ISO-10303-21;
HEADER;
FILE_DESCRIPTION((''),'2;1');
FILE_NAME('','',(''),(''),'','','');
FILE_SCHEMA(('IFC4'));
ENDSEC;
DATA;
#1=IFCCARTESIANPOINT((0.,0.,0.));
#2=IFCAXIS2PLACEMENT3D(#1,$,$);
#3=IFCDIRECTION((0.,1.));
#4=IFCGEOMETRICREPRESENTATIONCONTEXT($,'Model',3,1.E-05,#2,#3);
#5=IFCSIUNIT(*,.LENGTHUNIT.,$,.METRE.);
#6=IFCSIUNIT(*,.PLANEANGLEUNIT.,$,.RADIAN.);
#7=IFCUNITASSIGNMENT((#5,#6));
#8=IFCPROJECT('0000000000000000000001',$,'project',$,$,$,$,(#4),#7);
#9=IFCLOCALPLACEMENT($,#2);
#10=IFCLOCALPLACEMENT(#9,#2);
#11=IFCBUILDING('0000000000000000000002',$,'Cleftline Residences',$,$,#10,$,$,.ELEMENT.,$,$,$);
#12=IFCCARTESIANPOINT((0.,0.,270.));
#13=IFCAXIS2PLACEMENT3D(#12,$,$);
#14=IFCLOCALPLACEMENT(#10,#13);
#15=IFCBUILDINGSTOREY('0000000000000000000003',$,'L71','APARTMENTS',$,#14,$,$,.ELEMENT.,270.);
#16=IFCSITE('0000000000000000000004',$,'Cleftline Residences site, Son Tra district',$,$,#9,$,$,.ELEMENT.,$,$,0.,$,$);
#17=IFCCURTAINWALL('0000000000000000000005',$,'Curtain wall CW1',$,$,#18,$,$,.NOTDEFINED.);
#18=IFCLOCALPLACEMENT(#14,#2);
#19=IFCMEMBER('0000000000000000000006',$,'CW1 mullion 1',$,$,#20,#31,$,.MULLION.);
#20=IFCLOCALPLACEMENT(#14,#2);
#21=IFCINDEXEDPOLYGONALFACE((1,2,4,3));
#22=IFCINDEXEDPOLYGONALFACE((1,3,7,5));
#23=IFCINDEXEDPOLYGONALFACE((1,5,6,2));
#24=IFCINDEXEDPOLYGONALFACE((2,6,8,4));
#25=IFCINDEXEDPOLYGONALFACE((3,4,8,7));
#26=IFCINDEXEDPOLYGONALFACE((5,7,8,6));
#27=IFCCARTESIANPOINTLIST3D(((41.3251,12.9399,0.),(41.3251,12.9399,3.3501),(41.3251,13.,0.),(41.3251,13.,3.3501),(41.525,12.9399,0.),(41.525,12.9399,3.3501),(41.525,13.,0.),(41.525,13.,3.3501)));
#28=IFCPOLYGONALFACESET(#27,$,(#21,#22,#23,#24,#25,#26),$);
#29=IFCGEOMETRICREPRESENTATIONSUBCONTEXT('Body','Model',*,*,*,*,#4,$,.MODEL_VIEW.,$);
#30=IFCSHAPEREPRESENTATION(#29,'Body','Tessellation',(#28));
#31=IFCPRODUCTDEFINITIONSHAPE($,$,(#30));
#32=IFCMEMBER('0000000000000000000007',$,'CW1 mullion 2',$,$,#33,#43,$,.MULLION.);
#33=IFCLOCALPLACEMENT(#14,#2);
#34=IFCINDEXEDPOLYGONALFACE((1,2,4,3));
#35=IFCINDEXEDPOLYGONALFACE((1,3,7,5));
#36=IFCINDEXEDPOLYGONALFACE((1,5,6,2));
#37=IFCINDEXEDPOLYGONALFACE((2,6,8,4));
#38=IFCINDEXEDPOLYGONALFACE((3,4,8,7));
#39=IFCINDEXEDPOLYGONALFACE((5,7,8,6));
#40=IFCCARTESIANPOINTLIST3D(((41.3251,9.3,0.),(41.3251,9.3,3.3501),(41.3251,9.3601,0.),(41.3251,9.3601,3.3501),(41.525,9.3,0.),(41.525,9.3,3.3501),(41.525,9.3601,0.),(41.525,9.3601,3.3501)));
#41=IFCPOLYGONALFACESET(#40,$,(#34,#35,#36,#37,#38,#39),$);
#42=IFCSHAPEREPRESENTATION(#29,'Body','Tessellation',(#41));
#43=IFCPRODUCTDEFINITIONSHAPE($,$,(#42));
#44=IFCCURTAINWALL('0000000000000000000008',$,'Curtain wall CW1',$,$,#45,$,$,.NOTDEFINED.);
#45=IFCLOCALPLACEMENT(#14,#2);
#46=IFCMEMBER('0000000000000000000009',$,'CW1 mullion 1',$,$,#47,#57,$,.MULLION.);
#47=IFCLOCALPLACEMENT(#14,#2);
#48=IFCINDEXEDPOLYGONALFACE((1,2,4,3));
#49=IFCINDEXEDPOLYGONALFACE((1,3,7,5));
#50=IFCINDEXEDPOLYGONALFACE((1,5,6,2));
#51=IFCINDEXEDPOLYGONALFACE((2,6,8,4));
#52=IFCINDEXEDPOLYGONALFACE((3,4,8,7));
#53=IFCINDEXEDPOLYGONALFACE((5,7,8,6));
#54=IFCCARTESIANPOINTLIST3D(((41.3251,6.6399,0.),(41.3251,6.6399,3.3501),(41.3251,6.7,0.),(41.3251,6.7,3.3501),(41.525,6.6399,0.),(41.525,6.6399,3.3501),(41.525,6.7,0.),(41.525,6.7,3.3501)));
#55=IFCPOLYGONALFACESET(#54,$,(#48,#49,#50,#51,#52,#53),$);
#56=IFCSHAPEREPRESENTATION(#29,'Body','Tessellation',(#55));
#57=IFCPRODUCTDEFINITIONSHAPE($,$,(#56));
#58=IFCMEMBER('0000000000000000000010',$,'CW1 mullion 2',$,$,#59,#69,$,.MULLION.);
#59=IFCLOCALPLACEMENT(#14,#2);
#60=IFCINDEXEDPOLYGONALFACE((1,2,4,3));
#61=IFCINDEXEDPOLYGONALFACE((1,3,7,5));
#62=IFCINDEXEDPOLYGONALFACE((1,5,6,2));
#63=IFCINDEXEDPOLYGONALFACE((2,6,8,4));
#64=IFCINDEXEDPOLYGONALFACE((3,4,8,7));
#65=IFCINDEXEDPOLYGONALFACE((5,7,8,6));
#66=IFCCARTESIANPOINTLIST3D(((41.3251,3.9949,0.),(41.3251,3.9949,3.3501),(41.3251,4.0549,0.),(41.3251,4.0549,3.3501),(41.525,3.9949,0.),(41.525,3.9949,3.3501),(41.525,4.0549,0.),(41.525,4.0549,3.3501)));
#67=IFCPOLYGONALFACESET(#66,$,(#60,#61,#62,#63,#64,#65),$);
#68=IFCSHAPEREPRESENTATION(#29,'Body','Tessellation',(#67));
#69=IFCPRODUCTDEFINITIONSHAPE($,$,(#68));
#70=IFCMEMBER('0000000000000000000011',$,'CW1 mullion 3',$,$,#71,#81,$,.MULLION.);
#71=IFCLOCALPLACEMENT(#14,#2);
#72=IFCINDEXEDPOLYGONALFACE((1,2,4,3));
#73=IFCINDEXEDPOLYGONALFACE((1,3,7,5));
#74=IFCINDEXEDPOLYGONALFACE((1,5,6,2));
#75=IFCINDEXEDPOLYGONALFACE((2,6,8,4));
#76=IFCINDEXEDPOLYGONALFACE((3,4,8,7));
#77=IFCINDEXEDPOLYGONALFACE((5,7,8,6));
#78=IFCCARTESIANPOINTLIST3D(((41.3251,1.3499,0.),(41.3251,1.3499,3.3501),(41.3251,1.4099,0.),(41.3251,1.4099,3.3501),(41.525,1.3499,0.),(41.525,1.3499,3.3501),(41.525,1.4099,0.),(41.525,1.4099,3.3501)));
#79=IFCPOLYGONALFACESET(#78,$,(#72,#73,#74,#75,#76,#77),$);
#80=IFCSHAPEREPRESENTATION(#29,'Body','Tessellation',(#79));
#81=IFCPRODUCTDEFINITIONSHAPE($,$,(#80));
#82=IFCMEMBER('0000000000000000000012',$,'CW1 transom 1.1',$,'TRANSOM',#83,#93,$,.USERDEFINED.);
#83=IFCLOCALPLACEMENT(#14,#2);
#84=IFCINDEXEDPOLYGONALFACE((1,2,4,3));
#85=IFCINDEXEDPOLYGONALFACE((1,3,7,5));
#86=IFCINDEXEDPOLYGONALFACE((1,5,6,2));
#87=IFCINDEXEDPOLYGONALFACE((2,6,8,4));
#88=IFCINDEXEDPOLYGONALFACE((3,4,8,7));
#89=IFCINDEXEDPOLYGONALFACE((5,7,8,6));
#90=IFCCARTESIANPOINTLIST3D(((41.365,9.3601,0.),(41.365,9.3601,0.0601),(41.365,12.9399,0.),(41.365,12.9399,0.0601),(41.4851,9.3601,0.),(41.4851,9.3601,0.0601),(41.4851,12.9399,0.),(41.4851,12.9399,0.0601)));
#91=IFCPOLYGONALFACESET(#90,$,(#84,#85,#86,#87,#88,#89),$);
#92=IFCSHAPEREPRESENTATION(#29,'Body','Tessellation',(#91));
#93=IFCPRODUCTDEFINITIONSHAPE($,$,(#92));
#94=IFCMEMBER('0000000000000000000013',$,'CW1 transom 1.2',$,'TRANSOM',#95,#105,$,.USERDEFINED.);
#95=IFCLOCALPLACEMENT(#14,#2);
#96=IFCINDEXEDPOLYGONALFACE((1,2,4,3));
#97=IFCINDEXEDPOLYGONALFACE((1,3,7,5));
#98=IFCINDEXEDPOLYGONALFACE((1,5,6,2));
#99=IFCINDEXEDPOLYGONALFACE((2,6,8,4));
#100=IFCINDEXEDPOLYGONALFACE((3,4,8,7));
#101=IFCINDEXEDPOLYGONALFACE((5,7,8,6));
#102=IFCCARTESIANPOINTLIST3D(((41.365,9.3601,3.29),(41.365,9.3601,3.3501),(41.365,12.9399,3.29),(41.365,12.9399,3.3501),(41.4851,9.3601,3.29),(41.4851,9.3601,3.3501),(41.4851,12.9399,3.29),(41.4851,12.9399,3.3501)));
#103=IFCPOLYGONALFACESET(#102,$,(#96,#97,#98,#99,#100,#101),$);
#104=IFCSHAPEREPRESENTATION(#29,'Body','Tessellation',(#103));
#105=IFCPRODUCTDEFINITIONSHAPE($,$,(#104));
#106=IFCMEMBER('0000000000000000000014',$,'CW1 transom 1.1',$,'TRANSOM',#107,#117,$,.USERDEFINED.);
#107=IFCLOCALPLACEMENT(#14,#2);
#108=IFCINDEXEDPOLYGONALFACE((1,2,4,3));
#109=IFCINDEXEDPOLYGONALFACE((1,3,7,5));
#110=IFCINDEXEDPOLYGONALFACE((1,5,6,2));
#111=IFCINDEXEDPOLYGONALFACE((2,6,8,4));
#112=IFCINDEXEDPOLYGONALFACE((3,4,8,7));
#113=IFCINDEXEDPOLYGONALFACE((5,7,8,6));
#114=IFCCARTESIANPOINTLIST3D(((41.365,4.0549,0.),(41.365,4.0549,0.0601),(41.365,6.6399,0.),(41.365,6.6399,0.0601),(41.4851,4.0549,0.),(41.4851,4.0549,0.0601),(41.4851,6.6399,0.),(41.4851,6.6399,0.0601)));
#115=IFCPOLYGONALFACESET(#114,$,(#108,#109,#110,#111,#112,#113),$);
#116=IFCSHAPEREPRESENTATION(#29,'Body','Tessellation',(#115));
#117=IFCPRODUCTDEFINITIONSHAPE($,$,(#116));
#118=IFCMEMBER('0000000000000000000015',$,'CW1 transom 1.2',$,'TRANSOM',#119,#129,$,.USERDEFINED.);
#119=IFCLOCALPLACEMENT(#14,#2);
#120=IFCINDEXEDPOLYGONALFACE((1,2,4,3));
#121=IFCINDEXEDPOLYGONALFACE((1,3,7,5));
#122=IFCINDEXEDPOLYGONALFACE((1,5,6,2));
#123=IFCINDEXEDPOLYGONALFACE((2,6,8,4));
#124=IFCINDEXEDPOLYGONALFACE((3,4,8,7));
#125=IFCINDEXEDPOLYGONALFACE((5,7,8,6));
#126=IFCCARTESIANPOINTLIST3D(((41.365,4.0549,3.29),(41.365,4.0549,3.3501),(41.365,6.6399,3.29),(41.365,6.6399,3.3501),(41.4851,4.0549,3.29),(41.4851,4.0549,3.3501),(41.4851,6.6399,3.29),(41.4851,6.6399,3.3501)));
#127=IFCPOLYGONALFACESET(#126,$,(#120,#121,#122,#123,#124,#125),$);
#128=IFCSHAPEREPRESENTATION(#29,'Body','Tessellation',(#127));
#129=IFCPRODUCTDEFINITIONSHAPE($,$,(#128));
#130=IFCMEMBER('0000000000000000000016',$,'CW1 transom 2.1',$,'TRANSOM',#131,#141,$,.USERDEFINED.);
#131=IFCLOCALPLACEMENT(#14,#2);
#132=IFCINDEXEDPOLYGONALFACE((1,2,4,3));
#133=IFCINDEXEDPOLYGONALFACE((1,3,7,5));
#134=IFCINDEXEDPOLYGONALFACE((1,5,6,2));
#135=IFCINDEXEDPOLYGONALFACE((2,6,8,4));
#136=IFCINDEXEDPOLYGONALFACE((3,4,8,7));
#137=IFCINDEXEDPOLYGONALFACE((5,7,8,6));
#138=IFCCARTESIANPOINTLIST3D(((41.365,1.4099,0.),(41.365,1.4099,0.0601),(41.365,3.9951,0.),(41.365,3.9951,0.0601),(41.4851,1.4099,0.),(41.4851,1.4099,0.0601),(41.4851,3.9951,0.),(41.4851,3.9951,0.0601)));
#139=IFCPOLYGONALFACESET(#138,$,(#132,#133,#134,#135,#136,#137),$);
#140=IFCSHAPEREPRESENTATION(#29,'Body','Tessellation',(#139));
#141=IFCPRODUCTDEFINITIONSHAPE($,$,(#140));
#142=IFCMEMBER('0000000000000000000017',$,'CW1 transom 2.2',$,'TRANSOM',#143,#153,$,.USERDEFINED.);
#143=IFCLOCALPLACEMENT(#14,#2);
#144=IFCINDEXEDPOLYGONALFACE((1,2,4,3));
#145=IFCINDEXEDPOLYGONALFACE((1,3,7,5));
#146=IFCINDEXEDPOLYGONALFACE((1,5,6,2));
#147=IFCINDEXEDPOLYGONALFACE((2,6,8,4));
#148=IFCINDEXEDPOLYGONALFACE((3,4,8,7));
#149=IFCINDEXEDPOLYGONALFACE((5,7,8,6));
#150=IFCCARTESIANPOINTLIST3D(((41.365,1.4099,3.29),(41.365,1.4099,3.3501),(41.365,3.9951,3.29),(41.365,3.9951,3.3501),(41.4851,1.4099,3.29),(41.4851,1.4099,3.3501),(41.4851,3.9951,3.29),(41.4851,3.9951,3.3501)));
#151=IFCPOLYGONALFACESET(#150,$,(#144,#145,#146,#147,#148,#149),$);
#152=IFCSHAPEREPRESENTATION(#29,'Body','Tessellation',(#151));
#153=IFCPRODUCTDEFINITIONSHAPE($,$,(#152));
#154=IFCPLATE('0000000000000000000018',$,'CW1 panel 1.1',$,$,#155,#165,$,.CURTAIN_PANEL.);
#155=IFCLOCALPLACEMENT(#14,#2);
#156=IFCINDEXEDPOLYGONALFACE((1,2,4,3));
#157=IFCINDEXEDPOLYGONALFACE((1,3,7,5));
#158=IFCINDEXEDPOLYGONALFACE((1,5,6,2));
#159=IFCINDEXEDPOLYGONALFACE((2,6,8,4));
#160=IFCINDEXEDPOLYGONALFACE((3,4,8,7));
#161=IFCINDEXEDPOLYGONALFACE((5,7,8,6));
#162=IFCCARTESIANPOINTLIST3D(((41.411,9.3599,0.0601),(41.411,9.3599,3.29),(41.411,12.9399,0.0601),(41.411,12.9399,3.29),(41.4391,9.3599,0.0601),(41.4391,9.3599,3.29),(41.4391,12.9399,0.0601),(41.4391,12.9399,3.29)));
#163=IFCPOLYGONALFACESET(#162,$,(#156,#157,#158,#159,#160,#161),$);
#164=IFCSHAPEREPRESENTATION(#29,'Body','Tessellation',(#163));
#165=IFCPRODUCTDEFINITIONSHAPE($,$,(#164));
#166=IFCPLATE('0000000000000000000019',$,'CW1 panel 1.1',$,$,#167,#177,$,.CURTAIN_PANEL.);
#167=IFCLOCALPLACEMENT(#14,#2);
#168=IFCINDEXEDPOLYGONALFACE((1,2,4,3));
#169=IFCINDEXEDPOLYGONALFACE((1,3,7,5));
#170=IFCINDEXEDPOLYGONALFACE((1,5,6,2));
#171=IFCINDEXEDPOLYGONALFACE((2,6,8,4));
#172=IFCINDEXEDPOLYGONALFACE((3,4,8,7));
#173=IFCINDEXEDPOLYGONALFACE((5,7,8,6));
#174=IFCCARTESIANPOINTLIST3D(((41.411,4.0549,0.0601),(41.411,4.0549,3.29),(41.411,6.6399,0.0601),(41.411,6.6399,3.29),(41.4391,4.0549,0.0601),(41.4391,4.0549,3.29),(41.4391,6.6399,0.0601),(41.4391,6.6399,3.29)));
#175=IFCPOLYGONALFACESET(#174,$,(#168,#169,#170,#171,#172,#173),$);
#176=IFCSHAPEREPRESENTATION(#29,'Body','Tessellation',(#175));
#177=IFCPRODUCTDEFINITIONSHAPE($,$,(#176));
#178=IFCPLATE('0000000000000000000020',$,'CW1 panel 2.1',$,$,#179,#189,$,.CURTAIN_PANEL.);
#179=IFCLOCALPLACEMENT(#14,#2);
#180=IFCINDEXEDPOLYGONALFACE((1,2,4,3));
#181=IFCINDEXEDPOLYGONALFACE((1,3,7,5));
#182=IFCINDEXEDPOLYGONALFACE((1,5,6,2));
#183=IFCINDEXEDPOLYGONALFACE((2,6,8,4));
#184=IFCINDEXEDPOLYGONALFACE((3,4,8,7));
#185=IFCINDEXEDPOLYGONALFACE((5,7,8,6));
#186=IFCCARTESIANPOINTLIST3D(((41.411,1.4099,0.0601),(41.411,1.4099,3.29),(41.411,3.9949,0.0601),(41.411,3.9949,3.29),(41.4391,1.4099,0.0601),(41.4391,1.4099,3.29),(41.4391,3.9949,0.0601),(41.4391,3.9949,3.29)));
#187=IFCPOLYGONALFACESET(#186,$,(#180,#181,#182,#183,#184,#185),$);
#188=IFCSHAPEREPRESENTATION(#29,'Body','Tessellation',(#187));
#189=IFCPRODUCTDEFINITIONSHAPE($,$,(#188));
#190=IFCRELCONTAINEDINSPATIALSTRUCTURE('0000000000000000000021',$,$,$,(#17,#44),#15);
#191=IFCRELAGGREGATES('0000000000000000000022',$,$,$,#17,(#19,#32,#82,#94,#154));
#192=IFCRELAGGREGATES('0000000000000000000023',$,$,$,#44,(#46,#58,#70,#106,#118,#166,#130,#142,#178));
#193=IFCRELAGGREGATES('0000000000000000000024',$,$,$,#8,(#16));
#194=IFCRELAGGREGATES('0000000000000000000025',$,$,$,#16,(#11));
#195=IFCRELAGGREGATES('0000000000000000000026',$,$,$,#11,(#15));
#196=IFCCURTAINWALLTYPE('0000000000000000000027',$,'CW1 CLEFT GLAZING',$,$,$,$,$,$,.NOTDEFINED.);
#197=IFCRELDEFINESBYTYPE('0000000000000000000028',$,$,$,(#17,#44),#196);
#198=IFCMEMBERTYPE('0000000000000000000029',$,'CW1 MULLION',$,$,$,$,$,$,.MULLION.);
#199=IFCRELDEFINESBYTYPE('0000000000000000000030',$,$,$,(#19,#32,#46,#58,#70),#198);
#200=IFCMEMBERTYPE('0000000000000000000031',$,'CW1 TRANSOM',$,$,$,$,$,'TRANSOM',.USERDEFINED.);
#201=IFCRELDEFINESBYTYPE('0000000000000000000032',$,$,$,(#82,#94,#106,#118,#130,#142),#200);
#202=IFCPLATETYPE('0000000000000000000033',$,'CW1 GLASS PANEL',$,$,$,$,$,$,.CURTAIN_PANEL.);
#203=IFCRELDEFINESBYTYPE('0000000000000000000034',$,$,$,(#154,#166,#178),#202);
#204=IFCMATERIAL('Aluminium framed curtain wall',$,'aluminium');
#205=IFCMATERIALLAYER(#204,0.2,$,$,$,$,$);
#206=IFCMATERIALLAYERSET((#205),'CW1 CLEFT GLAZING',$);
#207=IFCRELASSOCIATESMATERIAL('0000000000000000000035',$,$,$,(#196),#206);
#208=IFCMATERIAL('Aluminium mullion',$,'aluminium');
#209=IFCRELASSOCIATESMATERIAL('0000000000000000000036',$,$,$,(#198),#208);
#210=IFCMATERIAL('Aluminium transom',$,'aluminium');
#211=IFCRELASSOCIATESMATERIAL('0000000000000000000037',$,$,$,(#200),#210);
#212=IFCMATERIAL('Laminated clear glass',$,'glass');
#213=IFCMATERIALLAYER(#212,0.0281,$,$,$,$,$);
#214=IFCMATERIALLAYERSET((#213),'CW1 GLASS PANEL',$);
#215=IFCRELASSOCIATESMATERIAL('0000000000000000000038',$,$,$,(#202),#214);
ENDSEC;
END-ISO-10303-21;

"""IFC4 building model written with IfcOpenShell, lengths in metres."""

from ifc_helpers import new_model, si_unit, direction, frame, origin, origin_2d, place, context, subcontext, project, spatial, rectangle, extrude, material, layer, layer_set, material_profile, profile_set, type_object, element, aggregate, save


model = new_model("IFC4")

# Units and contexts
model_context = context("Model", 3, precision=1e-05, world=origin(), true_north=direction((0.0, 1.0)))
body_context = subcontext(model_context, "Body", "Model", "MODEL_VIEW")
ifc_project = project(units=[si_unit("LENGTHUNIT", "METRE"), si_unit("PLANEANGLEUNIT", "RADIAN")], contexts=[model_context])

# Site, building, storey
site_placement = place(None, origin())
site = spatial("IfcSite", under=ifc_project, at=site_placement, Name="Cleftline Residences site, Son Tra district", CompositionType="ELEMENT", RefElevation=0.0)
building_placement = place(site_placement, origin())
building = spatial("IfcBuilding", under=site, at=building_placement, Name="Cleftline Residences", CompositionType="ELEMENT")
storey_placement = place(building_placement, frame((0.0, 0.0, 270.0)))
storey = spatial("IfcBuildingStorey", under=building, at=storey_placement, Name="L71", Description="APARTMENTS", CompositionType="ELEMENT", Elevation=270.0)

# Curtain walls, members
ifc_material_1 = material(Name="Aluminium framed curtain wall", Category="aluminium")
ifc_layer_1 = layer(ifc_material_1, 0.2)
ifc_layer_set_1 = layer_set([ifc_layer_1], Name="CW1 CLEFT GLAZING")
curtain_wall_type = type_object("IfcCurtainWallType", Name="CW1 CLEFT GLAZING", PredefinedType="NOTDEFINED", material=ifc_layer_set_1)
curtain_wall_1_placement = place(storey_placement, origin())
curtain_wall_1 = element("IfcCurtainWall", 1, at=curtain_wall_1_placement, inside=storey, type_object=curtain_wall_type, Name="Curtain wall CW1", PredefinedType="NOTDEFINED")
ifc_material_2 = material(Name="Aluminium mullion", Category="aluminium")
ifc_material_profile_1 = material_profile(ifc_material_2, rectangle(XDim=0.2, YDim=0.0601, at=origin_2d()))
ifc_profile_set_1 = profile_set([ifc_material_profile_1], Name="Aluminium mullion")
member_type_1 = type_object("IfcMemberType", Name="CW1 MULLION", PredefinedType="MULLION", material=ifc_profile_set_1)
member_1_placement = place(storey_placement, frame((41.425, 12.97, 0.0), z_axis=(0.0, 0.0, 1.0), x_axis=(1.0, 0.0, 0.0)))
member_1 = element("IfcMember", 2, at=member_1_placement, type_object=member_type_1, Name="CW1 mullion 1", PredefinedType="MULLION", context=body_context, shape_type="SweptSolid", body=[
    extrude(rectangle(XDim=0.2, YDim=0.0601, at=origin_2d()), origin(), (0.0, 0.0, 1.0), 3.3501),
])
member_2_placement = place(storey_placement, frame((41.425, 9.3301, 0.0), z_axis=(0.0, 0.0, 1.0), x_axis=(1.0, 0.0, 0.0)))
member_2 = element("IfcMember", 3, at=member_2_placement, type_object=member_type_1, Name="CW1 mullion 2", PredefinedType="MULLION", context=body_context, shape_type="SweptSolid", body=[
    extrude(rectangle(XDim=0.2, YDim=0.0601, at=origin_2d()), origin(), (0.0, 0.0, 1.0), 3.3501),
])
curtain_wall_2_placement = place(storey_placement, origin())
curtain_wall_2 = element("IfcCurtainWall", 4, at=curtain_wall_2_placement, inside=storey, type_object=curtain_wall_type, Name="Curtain wall CW1", PredefinedType="NOTDEFINED")
member_3_placement = place(storey_placement, frame((41.425, 6.6699, 0.0), z_axis=(0.0, 0.0, 1.0), x_axis=(1.0, 0.0, 0.0)))
member_3 = element("IfcMember", 5, at=member_3_placement, type_object=member_type_1, Name="CW1 mullion 1", PredefinedType="MULLION", context=body_context, shape_type="SweptSolid", body=[
    extrude(rectangle(XDim=0.2, YDim=0.0601, at=origin_2d()), origin(), (0.0, 0.0, 1.0), 3.3501),
])
member_4_placement = place(storey_placement, frame((41.425, 4.0249, 0.0), z_axis=(0.0, 0.0, 1.0), x_axis=(1.0, 0.0, 0.0)))
member_4 = element("IfcMember", 6, at=member_4_placement, type_object=member_type_1, Name="CW1 mullion 2", PredefinedType="MULLION", context=body_context, shape_type="SweptSolid", body=[
    extrude(rectangle(XDim=0.2, YDim=0.0601, at=origin_2d()), origin(), (0.0, 0.0, 1.0), 3.3501),
])
member_5_placement = place(storey_placement, frame((41.425, 1.3799, 0.0), z_axis=(0.0, 0.0, 1.0), x_axis=(1.0, 0.0, 0.0)))
member_5 = element("IfcMember", 7, at=member_5_placement, type_object=member_type_1, Name="CW1 mullion 3", PredefinedType="MULLION", context=body_context, shape_type="SweptSolid", body=[
    extrude(rectangle(XDim=0.2, YDim=0.0601, at=origin_2d()), origin(), (0.0, 0.0, 1.0), 3.3501),
])

# Members
ifc_material_3 = material(Name="Aluminium transom", Category="aluminium")
ifc_material_profile_2 = material_profile(ifc_material_3, rectangle(XDim=0.1201, YDim=0.0601, at=origin_2d()))
ifc_profile_set_2 = profile_set([ifc_material_profile_2], Name="Aluminium transom")
member_type_2 = type_object("IfcMemberType", Name="CW1 TRANSOM", ElementType="TRANSOM", PredefinedType="USERDEFINED", material=ifc_profile_set_2)
member_6_placement = place(storey_placement, frame((41.425, 12.9399, 0.03), z_axis=(0.0, -1.0, 0.0), x_axis=(1.0, 0.0, 0.0)))
member_6 = element("IfcMember", 8, at=member_6_placement, type_object=member_type_2, Name="CW1 transom 1.1", ObjectType="TRANSOM", PredefinedType="USERDEFINED", context=body_context, shape_type="SweptSolid", body=[
    extrude(rectangle(XDim=0.1201, YDim=0.0601, at=origin_2d()), origin(), (0.0, 0.0, 1.0), 3.5798),
])
member_7_placement = place(storey_placement, frame((41.425, 12.9399, 3.3201), z_axis=(0.0, -1.0, 0.0), x_axis=(1.0, 0.0, 0.0)))
member_7 = element("IfcMember", 9, at=member_7_placement, type_object=member_type_2, Name="CW1 transom 1.2", ObjectType="TRANSOM", PredefinedType="USERDEFINED", context=body_context, shape_type="SweptSolid", body=[
    extrude(rectangle(XDim=0.1201, YDim=0.0601, at=origin_2d()), origin(), (0.0, 0.0, 1.0), 3.5798),
])
member_8_placement = place(storey_placement, frame((41.425, 6.6399, 0.03), z_axis=(0.0, -1.0, 0.0), x_axis=(1.0, 0.0, 0.0)))
member_8 = element("IfcMember", 10, at=member_8_placement, type_object=member_type_2, Name="CW1 transom 1.1", ObjectType="TRANSOM", PredefinedType="USERDEFINED", context=body_context, shape_type="SweptSolid", body=[
    extrude(rectangle(XDim=0.1201, YDim=0.0601, at=origin_2d()), origin(), (0.0, 0.0, 1.0), 2.585),
])
member_9_placement = place(storey_placement, frame((41.425, 6.6399, 3.3201), z_axis=(0.0, -1.0, 0.0), x_axis=(1.0, 0.0, 0.0)))
member_9 = element("IfcMember", 11, at=member_9_placement, type_object=member_type_2, Name="CW1 transom 1.2", ObjectType="TRANSOM", PredefinedType="USERDEFINED", context=body_context, shape_type="SweptSolid", body=[
    extrude(rectangle(XDim=0.1201, YDim=0.0601, at=origin_2d()), origin(), (0.0, 0.0, 1.0), 2.585),
])
member_10_placement = place(storey_placement, frame((41.425, 3.9951, 0.03), z_axis=(0.0, -1.0, 0.0), x_axis=(1.0, 0.0, 0.0)))
member_10 = element("IfcMember", 12, at=member_10_placement, type_object=member_type_2, Name="CW1 transom 2.1", ObjectType="TRANSOM", PredefinedType="USERDEFINED", context=body_context, shape_type="SweptSolid", body=[
    extrude(rectangle(XDim=0.1201, YDim=0.0601, at=origin_2d()), origin(), (0.0, 0.0, 1.0), 2.5852),
])
member_11_placement = place(storey_placement, frame((41.425, 3.9951, 3.3201), z_axis=(0.0, -1.0, 0.0), x_axis=(1.0, 0.0, 0.0)))
member_11 = element("IfcMember", 13, at=member_11_placement, type_object=member_type_2, Name="CW1 transom 2.2", ObjectType="TRANSOM", PredefinedType="USERDEFINED", context=body_context, shape_type="SweptSolid", body=[
    extrude(rectangle(XDim=0.1201, YDim=0.0601, at=origin_2d()), origin(), (0.0, 0.0, 1.0), 2.5852),
])

# Plates
ifc_material_4 = material(Name="Laminated clear glass", Category="glass")
ifc_layer_2 = layer(ifc_material_4, 0.0281)
ifc_layer_set_2 = layer_set([ifc_layer_2], Name="CW1 GLASS PANEL")
plate_type = type_object("IfcPlateType", Name="CW1 GLASS PANEL", PredefinedType="CURTAIN_PANEL", material=ifc_layer_set_2)
plate_1_placement = place(storey_placement, frame((41.425, 11.1499, 0.0601), z_axis=(0.0, 0.0, 1.0), x_axis=(0.0, -1.0, 0.0)))
plate_1 = element("IfcPlate", 14, at=plate_1_placement, type_object=plate_type, Name="CW1 panel 1.1", PredefinedType="CURTAIN_PANEL", context=body_context, shape_type="SweptSolid", body=[
    extrude(rectangle(XDim=3.5801, YDim=0.0281, at=origin_2d()), origin(), (0.0, 0.0, 1.0), 3.23),
])
aggregate(curtain_wall_1, [member_1, member_2, member_6, member_7, plate_1])
plate_2_placement = place(storey_placement, frame((41.425, 5.3474, 0.0601), z_axis=(0.0, 0.0, 1.0), x_axis=(0.0, -1.0, 0.0)))
plate_2 = element("IfcPlate", 15, at=plate_2_placement, type_object=plate_type, Name="CW1 panel 1.1", PredefinedType="CURTAIN_PANEL", context=body_context, shape_type="SweptSolid", body=[
    extrude(rectangle(XDim=2.585, YDim=0.0281, at=origin_2d()), origin(), (0.0, 0.0, 1.0), 3.23),
])
plate_3_placement = place(storey_placement, frame((41.425, 2.7024, 0.0601), z_axis=(0.0, 0.0, 1.0), x_axis=(0.0, -1.0, 0.0)))
plate_3 = element("IfcPlate", 16, at=plate_3_placement, type_object=plate_type, Name="CW1 panel 2.1", PredefinedType="CURTAIN_PANEL", context=body_context, shape_type="SweptSolid", body=[
    extrude(rectangle(XDim=2.585, YDim=0.0281, at=origin_2d()), origin(), (0.0, 0.0, 1.0), 3.23),
])
aggregate(curtain_wall_2, [member_3, member_4, member_5, member_8, member_9, plate_2, member_10, member_11, plate_3])

save(model, "model.ifc")
